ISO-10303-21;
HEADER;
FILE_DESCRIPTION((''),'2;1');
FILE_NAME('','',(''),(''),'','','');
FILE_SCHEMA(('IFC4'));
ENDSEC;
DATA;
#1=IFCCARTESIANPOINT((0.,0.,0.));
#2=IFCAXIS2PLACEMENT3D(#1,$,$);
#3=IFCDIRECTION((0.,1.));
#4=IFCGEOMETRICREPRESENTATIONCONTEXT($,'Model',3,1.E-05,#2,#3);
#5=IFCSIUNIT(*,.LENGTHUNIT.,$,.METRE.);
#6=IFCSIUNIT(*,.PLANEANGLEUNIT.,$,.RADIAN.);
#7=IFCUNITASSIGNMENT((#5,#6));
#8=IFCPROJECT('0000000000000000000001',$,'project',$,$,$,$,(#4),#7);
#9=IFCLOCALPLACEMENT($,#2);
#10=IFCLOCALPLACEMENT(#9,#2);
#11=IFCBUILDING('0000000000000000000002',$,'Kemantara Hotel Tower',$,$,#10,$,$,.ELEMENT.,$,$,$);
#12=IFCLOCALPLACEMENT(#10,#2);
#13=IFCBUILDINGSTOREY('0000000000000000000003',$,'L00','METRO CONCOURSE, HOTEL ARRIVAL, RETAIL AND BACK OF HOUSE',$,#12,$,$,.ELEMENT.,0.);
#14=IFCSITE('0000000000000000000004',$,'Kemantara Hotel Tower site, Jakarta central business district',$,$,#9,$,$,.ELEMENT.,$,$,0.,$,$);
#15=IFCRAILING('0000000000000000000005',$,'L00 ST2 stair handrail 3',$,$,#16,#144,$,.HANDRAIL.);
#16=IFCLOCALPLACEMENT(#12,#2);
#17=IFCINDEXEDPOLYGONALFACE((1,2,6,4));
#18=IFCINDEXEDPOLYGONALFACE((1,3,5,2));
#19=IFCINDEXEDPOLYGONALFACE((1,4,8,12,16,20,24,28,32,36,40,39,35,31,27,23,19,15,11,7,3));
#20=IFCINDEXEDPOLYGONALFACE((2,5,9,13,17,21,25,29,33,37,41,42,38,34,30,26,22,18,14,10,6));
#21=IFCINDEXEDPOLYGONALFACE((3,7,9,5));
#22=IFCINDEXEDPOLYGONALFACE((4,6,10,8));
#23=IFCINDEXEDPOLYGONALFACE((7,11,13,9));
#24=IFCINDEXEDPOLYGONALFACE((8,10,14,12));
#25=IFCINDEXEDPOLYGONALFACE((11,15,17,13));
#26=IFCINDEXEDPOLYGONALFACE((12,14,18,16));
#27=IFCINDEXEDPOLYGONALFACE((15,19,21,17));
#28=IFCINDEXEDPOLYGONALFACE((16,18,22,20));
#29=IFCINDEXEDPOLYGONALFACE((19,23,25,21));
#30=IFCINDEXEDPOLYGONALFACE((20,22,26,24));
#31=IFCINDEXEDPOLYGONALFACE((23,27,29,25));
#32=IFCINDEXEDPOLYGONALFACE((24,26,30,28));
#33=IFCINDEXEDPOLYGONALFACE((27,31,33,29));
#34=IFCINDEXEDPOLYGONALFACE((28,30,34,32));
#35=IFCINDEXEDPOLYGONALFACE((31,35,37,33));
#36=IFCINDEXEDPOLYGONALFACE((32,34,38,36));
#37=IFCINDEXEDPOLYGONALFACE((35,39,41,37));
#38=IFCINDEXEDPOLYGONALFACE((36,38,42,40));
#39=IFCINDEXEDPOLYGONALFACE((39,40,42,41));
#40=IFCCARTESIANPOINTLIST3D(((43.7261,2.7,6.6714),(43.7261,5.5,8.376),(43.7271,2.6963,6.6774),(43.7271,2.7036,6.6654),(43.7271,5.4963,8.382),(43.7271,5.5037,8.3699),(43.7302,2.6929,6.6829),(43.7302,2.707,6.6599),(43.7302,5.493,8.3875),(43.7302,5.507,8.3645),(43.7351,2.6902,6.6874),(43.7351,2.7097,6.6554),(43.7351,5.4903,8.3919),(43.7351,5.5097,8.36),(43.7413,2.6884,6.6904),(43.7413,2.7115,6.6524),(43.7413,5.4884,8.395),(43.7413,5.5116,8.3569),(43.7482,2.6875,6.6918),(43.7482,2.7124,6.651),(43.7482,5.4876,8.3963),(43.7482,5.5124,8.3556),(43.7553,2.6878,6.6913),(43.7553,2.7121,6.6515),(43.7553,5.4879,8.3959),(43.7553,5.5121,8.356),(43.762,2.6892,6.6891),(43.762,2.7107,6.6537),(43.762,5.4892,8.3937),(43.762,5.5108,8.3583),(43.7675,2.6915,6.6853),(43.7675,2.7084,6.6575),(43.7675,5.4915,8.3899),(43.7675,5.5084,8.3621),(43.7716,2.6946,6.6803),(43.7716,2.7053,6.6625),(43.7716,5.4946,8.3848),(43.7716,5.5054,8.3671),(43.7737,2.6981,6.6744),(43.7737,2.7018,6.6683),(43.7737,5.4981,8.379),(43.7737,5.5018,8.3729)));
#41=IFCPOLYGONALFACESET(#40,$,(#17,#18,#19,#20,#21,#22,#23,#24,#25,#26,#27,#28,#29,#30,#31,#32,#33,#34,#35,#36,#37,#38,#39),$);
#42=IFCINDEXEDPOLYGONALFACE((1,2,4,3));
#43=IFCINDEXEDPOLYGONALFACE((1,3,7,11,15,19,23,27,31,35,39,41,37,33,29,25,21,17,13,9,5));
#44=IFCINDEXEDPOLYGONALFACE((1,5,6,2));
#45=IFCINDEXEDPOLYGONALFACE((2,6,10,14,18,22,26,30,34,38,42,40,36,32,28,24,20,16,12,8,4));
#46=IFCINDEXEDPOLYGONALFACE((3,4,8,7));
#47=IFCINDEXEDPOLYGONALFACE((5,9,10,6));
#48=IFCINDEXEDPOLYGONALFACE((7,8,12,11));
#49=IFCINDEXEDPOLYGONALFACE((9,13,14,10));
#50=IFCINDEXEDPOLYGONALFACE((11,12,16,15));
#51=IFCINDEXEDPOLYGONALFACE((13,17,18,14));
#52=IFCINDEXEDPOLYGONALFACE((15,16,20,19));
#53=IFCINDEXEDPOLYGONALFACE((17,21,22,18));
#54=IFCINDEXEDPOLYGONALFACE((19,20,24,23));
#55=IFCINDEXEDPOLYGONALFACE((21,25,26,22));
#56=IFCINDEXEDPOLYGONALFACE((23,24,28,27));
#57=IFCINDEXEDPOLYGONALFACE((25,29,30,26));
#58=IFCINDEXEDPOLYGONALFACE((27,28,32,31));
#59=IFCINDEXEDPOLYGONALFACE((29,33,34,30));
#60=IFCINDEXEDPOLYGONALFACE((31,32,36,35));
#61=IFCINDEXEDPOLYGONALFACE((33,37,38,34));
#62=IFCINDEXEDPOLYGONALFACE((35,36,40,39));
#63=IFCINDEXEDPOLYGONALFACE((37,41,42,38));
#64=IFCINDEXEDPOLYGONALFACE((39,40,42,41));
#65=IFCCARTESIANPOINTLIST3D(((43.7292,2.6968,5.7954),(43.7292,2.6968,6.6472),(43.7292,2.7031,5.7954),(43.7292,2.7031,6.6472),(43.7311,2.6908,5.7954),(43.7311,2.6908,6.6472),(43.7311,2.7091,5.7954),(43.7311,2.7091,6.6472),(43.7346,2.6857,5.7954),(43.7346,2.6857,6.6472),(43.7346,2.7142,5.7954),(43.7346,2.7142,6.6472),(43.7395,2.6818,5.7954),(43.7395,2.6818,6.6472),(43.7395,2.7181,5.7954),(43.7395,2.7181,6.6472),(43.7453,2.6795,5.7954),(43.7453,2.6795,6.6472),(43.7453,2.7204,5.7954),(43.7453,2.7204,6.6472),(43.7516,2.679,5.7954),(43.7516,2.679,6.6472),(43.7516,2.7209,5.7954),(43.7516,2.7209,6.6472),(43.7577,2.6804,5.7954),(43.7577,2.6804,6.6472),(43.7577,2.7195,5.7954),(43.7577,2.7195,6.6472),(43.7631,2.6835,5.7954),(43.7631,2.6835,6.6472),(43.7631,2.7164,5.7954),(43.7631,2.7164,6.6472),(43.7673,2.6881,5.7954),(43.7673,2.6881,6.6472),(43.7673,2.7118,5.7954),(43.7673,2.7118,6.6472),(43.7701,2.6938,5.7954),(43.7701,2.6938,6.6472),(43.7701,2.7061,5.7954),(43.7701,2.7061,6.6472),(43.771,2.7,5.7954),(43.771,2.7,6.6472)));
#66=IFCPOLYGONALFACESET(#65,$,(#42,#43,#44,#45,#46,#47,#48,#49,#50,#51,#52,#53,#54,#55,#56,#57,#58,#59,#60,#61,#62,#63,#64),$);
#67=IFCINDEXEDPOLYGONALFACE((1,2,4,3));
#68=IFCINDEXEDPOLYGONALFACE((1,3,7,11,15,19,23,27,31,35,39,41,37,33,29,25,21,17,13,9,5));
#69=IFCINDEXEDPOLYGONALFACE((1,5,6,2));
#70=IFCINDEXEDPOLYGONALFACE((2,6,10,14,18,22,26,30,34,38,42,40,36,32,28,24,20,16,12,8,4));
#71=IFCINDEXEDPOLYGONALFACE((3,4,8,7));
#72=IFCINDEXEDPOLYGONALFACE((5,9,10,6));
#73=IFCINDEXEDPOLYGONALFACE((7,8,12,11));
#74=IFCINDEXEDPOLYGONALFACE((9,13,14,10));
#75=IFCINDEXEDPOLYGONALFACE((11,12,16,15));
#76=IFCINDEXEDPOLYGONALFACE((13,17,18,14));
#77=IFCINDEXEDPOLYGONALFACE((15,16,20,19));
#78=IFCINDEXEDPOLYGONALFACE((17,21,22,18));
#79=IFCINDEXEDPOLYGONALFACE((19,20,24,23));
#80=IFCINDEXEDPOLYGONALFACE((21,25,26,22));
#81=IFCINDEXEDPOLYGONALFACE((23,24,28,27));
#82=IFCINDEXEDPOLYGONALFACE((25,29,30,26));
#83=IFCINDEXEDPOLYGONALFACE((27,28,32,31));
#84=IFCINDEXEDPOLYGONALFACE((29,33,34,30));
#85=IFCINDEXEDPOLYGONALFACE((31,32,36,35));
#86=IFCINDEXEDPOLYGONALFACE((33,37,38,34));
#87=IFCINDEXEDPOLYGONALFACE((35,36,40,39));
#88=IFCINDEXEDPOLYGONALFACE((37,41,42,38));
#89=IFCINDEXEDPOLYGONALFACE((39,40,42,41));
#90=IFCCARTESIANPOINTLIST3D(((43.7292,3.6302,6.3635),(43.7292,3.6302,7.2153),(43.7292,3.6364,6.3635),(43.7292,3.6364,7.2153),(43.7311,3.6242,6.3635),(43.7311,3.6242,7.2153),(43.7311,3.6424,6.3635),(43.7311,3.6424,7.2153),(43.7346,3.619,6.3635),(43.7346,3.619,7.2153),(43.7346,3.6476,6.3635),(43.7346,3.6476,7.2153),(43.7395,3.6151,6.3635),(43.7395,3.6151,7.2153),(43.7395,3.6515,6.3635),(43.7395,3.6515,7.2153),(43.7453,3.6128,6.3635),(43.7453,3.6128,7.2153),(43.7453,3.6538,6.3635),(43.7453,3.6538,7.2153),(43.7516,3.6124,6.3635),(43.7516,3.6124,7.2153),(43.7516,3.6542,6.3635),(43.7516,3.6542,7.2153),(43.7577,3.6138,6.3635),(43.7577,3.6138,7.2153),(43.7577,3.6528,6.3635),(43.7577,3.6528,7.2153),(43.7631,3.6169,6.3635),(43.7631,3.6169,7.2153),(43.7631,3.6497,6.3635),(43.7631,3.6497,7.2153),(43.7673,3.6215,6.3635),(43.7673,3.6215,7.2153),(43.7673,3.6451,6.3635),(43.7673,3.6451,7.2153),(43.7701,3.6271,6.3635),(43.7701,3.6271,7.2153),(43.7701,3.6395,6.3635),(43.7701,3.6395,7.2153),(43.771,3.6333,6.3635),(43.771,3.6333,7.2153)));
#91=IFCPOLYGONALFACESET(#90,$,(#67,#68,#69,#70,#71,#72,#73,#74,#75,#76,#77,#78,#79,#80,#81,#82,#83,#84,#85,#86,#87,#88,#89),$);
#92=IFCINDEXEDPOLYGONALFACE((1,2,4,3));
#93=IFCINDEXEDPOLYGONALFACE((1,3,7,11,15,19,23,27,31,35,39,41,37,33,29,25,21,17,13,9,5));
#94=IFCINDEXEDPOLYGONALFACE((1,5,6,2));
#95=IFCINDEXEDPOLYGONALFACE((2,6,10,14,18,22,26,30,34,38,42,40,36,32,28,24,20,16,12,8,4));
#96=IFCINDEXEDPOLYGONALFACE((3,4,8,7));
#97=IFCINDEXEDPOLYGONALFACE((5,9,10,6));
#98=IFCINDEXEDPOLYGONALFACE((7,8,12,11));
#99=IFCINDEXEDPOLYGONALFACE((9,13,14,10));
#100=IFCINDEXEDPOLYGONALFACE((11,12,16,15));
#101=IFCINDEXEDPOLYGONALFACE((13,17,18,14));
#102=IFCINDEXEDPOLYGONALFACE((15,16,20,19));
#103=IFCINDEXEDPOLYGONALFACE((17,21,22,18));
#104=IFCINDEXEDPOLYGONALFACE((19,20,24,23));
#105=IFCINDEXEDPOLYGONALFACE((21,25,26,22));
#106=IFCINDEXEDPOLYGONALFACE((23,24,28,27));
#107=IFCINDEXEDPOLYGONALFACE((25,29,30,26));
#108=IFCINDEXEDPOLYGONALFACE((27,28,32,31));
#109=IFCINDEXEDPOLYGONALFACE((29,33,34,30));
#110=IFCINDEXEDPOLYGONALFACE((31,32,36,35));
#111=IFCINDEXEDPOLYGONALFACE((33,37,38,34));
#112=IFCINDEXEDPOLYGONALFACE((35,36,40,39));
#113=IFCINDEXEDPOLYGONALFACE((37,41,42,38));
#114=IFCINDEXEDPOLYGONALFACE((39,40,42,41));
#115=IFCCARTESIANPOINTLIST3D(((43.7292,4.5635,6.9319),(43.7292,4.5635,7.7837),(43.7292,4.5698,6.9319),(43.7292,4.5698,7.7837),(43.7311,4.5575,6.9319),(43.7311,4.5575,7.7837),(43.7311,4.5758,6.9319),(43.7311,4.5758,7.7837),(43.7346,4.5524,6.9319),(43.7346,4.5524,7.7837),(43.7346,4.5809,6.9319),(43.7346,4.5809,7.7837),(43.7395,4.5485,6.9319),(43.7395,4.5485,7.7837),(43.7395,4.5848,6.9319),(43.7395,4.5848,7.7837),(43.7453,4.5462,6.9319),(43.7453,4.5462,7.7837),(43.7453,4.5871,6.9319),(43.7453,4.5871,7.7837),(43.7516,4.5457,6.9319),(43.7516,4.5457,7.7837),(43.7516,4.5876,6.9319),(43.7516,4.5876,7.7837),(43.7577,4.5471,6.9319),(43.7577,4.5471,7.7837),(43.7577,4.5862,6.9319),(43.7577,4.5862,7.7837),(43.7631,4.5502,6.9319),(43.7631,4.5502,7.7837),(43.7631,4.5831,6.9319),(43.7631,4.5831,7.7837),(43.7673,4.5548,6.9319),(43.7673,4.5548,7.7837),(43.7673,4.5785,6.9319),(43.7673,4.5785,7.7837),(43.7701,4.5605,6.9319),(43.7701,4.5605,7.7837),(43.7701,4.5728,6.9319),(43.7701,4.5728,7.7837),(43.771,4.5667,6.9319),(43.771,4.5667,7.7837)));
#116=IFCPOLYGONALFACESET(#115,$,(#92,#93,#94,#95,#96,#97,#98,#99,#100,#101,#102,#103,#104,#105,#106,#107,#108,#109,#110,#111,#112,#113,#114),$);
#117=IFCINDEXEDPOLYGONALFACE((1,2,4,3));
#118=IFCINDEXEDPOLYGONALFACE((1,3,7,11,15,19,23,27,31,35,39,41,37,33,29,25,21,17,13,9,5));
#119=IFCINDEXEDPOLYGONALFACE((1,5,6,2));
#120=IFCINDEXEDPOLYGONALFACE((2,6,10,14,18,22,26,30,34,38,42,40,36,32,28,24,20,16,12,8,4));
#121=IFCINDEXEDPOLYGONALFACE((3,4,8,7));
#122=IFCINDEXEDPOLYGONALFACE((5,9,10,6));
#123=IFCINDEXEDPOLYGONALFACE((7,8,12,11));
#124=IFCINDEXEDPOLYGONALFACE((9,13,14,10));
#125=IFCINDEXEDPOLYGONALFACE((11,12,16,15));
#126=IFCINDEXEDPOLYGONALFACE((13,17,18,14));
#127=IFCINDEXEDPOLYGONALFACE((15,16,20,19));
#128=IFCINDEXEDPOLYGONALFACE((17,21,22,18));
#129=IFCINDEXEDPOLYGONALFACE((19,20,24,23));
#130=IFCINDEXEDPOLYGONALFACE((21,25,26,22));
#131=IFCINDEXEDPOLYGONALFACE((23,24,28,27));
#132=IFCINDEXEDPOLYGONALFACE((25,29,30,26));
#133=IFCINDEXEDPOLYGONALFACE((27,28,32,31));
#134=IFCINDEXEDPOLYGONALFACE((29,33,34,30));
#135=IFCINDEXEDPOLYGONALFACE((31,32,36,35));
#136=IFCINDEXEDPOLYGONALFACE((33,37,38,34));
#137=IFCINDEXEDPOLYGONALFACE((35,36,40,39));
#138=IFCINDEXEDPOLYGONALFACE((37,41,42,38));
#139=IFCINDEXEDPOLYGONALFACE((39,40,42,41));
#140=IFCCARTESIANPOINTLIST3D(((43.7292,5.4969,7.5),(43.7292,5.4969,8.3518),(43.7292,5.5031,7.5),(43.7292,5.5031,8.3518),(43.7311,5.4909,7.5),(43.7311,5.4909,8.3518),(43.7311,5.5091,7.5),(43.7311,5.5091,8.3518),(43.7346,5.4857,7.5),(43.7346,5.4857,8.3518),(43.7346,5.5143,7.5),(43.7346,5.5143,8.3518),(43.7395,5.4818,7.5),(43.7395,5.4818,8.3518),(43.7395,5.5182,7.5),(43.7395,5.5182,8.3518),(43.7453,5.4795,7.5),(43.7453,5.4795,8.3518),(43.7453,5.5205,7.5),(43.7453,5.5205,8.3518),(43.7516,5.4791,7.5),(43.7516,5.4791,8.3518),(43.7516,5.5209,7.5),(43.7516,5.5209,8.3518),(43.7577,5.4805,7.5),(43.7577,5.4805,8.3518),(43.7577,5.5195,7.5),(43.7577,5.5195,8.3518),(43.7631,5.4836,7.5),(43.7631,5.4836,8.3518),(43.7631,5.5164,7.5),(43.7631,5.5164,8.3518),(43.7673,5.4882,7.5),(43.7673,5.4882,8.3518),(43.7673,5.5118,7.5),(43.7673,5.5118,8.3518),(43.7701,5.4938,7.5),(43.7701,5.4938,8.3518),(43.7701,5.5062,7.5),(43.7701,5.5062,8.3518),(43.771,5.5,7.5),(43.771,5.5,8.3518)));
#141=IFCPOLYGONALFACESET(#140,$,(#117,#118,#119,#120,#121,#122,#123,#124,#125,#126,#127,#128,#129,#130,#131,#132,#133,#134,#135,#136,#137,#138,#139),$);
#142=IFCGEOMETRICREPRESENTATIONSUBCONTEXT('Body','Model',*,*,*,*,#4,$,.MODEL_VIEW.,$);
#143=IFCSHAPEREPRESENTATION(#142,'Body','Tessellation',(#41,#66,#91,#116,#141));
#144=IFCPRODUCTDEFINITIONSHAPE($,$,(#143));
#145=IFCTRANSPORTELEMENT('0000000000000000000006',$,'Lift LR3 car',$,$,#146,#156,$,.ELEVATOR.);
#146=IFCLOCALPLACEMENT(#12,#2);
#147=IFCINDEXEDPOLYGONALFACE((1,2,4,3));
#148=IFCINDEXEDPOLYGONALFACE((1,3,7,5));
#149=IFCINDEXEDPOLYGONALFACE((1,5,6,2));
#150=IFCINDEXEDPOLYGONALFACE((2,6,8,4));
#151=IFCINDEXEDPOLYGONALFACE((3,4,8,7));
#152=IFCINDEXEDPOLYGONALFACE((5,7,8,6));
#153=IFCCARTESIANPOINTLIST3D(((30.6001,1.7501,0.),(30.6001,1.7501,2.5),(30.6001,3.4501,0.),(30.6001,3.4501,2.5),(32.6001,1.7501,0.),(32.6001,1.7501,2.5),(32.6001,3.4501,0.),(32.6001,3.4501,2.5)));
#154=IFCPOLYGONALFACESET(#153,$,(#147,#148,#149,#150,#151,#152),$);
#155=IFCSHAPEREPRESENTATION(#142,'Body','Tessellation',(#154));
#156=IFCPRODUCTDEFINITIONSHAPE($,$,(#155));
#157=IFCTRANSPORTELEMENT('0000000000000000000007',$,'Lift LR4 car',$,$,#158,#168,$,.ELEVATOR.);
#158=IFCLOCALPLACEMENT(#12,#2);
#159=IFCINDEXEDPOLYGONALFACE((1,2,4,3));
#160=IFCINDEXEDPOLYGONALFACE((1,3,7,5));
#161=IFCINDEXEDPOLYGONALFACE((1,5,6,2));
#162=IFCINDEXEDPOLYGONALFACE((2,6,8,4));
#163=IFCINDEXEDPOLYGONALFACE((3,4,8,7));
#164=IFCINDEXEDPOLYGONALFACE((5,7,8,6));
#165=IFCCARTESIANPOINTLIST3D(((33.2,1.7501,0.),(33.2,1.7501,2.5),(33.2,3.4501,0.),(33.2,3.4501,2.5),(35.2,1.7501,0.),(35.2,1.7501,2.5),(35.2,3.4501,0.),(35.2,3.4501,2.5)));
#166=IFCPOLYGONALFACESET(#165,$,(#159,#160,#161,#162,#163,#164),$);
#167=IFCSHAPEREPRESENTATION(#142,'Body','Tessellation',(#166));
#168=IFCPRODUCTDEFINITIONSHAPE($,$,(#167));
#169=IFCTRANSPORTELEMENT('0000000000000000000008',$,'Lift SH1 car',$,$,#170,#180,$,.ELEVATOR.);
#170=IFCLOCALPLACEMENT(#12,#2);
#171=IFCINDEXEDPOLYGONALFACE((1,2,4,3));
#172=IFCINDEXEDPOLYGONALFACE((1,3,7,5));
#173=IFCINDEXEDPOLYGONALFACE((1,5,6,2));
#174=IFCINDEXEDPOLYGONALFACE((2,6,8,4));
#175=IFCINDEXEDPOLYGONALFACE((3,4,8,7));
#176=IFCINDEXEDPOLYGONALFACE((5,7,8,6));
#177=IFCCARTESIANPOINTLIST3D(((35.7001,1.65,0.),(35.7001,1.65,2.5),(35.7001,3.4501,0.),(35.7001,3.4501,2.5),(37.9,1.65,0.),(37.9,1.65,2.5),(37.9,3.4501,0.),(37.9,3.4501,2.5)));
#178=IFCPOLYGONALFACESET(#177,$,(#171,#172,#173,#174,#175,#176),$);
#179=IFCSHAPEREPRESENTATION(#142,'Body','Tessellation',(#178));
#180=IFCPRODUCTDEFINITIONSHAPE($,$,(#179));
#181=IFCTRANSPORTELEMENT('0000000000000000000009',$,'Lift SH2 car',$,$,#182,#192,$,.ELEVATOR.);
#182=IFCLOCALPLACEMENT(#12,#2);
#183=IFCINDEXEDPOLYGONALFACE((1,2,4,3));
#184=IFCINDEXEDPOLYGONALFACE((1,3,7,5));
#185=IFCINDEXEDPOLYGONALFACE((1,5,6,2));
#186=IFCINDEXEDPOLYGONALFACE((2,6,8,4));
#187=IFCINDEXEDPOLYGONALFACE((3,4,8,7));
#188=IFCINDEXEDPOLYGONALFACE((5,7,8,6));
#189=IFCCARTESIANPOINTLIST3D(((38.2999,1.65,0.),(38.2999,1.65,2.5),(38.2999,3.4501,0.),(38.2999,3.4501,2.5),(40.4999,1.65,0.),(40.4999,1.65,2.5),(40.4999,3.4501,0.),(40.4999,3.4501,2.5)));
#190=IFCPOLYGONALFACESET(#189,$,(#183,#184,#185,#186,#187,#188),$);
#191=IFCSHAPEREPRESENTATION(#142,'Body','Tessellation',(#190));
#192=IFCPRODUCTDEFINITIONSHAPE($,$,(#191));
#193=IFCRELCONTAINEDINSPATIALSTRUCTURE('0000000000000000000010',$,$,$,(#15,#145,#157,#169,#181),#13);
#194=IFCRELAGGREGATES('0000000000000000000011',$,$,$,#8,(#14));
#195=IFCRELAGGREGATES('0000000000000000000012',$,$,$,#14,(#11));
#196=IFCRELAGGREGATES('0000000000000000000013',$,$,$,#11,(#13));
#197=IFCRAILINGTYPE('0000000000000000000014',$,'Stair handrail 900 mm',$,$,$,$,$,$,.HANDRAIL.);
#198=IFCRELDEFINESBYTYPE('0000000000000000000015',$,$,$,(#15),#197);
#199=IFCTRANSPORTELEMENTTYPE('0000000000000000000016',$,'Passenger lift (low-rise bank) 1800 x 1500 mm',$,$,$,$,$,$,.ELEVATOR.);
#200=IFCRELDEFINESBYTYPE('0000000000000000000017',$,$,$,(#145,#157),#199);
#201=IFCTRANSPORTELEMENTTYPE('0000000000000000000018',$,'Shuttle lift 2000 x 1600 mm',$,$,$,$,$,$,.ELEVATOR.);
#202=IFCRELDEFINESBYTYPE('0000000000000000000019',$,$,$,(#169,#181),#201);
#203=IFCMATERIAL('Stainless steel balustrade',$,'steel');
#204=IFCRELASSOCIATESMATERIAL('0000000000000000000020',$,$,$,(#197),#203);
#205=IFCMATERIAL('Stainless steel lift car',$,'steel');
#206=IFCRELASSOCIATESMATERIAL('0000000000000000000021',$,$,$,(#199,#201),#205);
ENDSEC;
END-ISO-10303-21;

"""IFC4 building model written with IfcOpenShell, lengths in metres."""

from ifc_helpers import new_model, si_unit, direction, frame, origin, origin_2d, place, context, subcontext, project, spatial, rectangle, circle, extrude, material, type_object, element, save


model = new_model("IFC4")

# Units and contexts
model_context = context("Model", 3, precision=1e-05, world=origin(), true_north=direction((0.0, 1.0)))
body_context = subcontext(model_context, "Body", "Model", "MODEL_VIEW")
ifc_project = project(units=[si_unit("LENGTHUNIT", "METRE"), si_unit("PLANEANGLEUNIT", "RADIAN")], contexts=[model_context])

# Site, building, storey
site_placement = place(None, origin())
site = spatial("IfcSite", under=ifc_project, at=site_placement, Name="Kemantara Hotel Tower site, Jakarta central business district", CompositionType="ELEMENT", RefElevation=0.0)
building_placement = place(site_placement, origin())
building = spatial("IfcBuilding", under=site, at=building_placement, Name="Kemantara Hotel Tower", CompositionType="ELEMENT")
storey_placement = place(building_placement, origin())
storey = spatial("IfcBuildingStorey", under=building, at=storey_placement, Name="L00", Description="METRO CONCOURSE, HOTEL ARRIVAL, RETAIL AND BACK OF HOUSE", CompositionType="ELEMENT", Elevation=0.0)

# Railing
ifc_material_1 = material(Name="Stainless steel balustrade", Category="steel")
railing_type = type_object("IfcRailingType", Name="Stair handrail 900 mm", PredefinedType="HANDRAIL", material=ifc_material_1)
railing_1_placement = place(storey_placement, frame((43.75, 2.7, 5.7954)))
element("IfcRailing", 1, at=railing_1_placement, inside=storey, type_object=railing_type, Name="L00 ST2 stair handrail 3", PredefinedType="HANDRAIL", context=body_context, shape_type="SweptSolid", body=[
    extrude(circle(Radius=0.0239, at=origin_2d()), frame((0.0, 0.0, 0.876), z_axis=(0.0, 0.85417, 0.519994), x_axis=(-1.0, 0.0, 0.0)), (0.0, 0.0, 1.0), 3.2781),
    extrude(circle(Radius=0.021, at=origin_2d()), origin(), (0.0, 0.0, 1.0), 0.8518),
    extrude(circle(Radius=0.021, at=origin_2d()), frame((0.0, 0.9333, 0.5681)), (0.0, 0.0, 1.0), 0.8518),
    extrude(circle(Radius=0.021, at=origin_2d()), frame((0.0, 1.8667, 1.1365)), (0.0, 0.0, 1.0), 0.8518),
    extrude(circle(Radius=0.021, at=origin_2d()), frame((0.0, 2.8, 1.7046)), (0.0, 0.0, 1.0), 0.8518),
])

# Transport elements
ifc_material_2 = material(Name="Stainless steel lift car", Category="steel")
transport_element_type_1 = type_object("IfcTransportElementType", Name="Passenger lift (low-rise bank) 1800 x 1500 mm", PredefinedType="ELEVATOR", material=ifc_material_2)
for number, where, z_axis, x_axis, name in (
    (2, (31.6001, 2.6001, 0.0), (0.0, 0.0, 1.0), (1.0, 0.0, 0.0), "Lift LR3 car"),
    (3, (34.2, 2.6001, 0.0), (0.0, 0.0, 1.0), (1.0, 0.0, 0.0), "Lift LR4 car"),
):
    element("IfcTransportElement", number, at=place(storey_placement, frame(where, z_axis=z_axis, x_axis=x_axis)), inside=storey, type_object=transport_element_type_1, Name=name, PredefinedType="ELEVATOR", context=body_context, shape_type="SweptSolid", body=[
        extrude(rectangle(XDim=2.0, YDim=1.7, at=origin_2d()), origin(), (0.0, 0.0, 1.0), 2.5),
    ])
transport_element_type_2 = type_object("IfcTransportElementType", Name="Shuttle lift 2000 x 1600 mm", PredefinedType="ELEVATOR", material=ifc_material_2)
for number, where, z_axis, x_axis, name in (
    (4, (36.8, 2.55, 0.0), (0.0, 0.0, 1.0), (1.0, 0.0, 0.0), "Lift SH1 car"),
    (5, (39.3999, 2.55, 0.0), (0.0, 0.0, 1.0), (1.0, 0.0, 0.0), "Lift SH2 car"),
):
    element("IfcTransportElement", number, at=place(storey_placement, frame(where, z_axis=z_axis, x_axis=x_axis)), inside=storey, type_object=transport_element_type_2, Name=name, PredefinedType="ELEVATOR", context=body_context, shape_type="SweptSolid", body=[
        extrude(rectangle(XDim=2.2, YDim=1.8, at=origin_2d()), origin(), (0.0, 0.0, 1.0), 2.5),
    ])

save(model, "model.ifc")
